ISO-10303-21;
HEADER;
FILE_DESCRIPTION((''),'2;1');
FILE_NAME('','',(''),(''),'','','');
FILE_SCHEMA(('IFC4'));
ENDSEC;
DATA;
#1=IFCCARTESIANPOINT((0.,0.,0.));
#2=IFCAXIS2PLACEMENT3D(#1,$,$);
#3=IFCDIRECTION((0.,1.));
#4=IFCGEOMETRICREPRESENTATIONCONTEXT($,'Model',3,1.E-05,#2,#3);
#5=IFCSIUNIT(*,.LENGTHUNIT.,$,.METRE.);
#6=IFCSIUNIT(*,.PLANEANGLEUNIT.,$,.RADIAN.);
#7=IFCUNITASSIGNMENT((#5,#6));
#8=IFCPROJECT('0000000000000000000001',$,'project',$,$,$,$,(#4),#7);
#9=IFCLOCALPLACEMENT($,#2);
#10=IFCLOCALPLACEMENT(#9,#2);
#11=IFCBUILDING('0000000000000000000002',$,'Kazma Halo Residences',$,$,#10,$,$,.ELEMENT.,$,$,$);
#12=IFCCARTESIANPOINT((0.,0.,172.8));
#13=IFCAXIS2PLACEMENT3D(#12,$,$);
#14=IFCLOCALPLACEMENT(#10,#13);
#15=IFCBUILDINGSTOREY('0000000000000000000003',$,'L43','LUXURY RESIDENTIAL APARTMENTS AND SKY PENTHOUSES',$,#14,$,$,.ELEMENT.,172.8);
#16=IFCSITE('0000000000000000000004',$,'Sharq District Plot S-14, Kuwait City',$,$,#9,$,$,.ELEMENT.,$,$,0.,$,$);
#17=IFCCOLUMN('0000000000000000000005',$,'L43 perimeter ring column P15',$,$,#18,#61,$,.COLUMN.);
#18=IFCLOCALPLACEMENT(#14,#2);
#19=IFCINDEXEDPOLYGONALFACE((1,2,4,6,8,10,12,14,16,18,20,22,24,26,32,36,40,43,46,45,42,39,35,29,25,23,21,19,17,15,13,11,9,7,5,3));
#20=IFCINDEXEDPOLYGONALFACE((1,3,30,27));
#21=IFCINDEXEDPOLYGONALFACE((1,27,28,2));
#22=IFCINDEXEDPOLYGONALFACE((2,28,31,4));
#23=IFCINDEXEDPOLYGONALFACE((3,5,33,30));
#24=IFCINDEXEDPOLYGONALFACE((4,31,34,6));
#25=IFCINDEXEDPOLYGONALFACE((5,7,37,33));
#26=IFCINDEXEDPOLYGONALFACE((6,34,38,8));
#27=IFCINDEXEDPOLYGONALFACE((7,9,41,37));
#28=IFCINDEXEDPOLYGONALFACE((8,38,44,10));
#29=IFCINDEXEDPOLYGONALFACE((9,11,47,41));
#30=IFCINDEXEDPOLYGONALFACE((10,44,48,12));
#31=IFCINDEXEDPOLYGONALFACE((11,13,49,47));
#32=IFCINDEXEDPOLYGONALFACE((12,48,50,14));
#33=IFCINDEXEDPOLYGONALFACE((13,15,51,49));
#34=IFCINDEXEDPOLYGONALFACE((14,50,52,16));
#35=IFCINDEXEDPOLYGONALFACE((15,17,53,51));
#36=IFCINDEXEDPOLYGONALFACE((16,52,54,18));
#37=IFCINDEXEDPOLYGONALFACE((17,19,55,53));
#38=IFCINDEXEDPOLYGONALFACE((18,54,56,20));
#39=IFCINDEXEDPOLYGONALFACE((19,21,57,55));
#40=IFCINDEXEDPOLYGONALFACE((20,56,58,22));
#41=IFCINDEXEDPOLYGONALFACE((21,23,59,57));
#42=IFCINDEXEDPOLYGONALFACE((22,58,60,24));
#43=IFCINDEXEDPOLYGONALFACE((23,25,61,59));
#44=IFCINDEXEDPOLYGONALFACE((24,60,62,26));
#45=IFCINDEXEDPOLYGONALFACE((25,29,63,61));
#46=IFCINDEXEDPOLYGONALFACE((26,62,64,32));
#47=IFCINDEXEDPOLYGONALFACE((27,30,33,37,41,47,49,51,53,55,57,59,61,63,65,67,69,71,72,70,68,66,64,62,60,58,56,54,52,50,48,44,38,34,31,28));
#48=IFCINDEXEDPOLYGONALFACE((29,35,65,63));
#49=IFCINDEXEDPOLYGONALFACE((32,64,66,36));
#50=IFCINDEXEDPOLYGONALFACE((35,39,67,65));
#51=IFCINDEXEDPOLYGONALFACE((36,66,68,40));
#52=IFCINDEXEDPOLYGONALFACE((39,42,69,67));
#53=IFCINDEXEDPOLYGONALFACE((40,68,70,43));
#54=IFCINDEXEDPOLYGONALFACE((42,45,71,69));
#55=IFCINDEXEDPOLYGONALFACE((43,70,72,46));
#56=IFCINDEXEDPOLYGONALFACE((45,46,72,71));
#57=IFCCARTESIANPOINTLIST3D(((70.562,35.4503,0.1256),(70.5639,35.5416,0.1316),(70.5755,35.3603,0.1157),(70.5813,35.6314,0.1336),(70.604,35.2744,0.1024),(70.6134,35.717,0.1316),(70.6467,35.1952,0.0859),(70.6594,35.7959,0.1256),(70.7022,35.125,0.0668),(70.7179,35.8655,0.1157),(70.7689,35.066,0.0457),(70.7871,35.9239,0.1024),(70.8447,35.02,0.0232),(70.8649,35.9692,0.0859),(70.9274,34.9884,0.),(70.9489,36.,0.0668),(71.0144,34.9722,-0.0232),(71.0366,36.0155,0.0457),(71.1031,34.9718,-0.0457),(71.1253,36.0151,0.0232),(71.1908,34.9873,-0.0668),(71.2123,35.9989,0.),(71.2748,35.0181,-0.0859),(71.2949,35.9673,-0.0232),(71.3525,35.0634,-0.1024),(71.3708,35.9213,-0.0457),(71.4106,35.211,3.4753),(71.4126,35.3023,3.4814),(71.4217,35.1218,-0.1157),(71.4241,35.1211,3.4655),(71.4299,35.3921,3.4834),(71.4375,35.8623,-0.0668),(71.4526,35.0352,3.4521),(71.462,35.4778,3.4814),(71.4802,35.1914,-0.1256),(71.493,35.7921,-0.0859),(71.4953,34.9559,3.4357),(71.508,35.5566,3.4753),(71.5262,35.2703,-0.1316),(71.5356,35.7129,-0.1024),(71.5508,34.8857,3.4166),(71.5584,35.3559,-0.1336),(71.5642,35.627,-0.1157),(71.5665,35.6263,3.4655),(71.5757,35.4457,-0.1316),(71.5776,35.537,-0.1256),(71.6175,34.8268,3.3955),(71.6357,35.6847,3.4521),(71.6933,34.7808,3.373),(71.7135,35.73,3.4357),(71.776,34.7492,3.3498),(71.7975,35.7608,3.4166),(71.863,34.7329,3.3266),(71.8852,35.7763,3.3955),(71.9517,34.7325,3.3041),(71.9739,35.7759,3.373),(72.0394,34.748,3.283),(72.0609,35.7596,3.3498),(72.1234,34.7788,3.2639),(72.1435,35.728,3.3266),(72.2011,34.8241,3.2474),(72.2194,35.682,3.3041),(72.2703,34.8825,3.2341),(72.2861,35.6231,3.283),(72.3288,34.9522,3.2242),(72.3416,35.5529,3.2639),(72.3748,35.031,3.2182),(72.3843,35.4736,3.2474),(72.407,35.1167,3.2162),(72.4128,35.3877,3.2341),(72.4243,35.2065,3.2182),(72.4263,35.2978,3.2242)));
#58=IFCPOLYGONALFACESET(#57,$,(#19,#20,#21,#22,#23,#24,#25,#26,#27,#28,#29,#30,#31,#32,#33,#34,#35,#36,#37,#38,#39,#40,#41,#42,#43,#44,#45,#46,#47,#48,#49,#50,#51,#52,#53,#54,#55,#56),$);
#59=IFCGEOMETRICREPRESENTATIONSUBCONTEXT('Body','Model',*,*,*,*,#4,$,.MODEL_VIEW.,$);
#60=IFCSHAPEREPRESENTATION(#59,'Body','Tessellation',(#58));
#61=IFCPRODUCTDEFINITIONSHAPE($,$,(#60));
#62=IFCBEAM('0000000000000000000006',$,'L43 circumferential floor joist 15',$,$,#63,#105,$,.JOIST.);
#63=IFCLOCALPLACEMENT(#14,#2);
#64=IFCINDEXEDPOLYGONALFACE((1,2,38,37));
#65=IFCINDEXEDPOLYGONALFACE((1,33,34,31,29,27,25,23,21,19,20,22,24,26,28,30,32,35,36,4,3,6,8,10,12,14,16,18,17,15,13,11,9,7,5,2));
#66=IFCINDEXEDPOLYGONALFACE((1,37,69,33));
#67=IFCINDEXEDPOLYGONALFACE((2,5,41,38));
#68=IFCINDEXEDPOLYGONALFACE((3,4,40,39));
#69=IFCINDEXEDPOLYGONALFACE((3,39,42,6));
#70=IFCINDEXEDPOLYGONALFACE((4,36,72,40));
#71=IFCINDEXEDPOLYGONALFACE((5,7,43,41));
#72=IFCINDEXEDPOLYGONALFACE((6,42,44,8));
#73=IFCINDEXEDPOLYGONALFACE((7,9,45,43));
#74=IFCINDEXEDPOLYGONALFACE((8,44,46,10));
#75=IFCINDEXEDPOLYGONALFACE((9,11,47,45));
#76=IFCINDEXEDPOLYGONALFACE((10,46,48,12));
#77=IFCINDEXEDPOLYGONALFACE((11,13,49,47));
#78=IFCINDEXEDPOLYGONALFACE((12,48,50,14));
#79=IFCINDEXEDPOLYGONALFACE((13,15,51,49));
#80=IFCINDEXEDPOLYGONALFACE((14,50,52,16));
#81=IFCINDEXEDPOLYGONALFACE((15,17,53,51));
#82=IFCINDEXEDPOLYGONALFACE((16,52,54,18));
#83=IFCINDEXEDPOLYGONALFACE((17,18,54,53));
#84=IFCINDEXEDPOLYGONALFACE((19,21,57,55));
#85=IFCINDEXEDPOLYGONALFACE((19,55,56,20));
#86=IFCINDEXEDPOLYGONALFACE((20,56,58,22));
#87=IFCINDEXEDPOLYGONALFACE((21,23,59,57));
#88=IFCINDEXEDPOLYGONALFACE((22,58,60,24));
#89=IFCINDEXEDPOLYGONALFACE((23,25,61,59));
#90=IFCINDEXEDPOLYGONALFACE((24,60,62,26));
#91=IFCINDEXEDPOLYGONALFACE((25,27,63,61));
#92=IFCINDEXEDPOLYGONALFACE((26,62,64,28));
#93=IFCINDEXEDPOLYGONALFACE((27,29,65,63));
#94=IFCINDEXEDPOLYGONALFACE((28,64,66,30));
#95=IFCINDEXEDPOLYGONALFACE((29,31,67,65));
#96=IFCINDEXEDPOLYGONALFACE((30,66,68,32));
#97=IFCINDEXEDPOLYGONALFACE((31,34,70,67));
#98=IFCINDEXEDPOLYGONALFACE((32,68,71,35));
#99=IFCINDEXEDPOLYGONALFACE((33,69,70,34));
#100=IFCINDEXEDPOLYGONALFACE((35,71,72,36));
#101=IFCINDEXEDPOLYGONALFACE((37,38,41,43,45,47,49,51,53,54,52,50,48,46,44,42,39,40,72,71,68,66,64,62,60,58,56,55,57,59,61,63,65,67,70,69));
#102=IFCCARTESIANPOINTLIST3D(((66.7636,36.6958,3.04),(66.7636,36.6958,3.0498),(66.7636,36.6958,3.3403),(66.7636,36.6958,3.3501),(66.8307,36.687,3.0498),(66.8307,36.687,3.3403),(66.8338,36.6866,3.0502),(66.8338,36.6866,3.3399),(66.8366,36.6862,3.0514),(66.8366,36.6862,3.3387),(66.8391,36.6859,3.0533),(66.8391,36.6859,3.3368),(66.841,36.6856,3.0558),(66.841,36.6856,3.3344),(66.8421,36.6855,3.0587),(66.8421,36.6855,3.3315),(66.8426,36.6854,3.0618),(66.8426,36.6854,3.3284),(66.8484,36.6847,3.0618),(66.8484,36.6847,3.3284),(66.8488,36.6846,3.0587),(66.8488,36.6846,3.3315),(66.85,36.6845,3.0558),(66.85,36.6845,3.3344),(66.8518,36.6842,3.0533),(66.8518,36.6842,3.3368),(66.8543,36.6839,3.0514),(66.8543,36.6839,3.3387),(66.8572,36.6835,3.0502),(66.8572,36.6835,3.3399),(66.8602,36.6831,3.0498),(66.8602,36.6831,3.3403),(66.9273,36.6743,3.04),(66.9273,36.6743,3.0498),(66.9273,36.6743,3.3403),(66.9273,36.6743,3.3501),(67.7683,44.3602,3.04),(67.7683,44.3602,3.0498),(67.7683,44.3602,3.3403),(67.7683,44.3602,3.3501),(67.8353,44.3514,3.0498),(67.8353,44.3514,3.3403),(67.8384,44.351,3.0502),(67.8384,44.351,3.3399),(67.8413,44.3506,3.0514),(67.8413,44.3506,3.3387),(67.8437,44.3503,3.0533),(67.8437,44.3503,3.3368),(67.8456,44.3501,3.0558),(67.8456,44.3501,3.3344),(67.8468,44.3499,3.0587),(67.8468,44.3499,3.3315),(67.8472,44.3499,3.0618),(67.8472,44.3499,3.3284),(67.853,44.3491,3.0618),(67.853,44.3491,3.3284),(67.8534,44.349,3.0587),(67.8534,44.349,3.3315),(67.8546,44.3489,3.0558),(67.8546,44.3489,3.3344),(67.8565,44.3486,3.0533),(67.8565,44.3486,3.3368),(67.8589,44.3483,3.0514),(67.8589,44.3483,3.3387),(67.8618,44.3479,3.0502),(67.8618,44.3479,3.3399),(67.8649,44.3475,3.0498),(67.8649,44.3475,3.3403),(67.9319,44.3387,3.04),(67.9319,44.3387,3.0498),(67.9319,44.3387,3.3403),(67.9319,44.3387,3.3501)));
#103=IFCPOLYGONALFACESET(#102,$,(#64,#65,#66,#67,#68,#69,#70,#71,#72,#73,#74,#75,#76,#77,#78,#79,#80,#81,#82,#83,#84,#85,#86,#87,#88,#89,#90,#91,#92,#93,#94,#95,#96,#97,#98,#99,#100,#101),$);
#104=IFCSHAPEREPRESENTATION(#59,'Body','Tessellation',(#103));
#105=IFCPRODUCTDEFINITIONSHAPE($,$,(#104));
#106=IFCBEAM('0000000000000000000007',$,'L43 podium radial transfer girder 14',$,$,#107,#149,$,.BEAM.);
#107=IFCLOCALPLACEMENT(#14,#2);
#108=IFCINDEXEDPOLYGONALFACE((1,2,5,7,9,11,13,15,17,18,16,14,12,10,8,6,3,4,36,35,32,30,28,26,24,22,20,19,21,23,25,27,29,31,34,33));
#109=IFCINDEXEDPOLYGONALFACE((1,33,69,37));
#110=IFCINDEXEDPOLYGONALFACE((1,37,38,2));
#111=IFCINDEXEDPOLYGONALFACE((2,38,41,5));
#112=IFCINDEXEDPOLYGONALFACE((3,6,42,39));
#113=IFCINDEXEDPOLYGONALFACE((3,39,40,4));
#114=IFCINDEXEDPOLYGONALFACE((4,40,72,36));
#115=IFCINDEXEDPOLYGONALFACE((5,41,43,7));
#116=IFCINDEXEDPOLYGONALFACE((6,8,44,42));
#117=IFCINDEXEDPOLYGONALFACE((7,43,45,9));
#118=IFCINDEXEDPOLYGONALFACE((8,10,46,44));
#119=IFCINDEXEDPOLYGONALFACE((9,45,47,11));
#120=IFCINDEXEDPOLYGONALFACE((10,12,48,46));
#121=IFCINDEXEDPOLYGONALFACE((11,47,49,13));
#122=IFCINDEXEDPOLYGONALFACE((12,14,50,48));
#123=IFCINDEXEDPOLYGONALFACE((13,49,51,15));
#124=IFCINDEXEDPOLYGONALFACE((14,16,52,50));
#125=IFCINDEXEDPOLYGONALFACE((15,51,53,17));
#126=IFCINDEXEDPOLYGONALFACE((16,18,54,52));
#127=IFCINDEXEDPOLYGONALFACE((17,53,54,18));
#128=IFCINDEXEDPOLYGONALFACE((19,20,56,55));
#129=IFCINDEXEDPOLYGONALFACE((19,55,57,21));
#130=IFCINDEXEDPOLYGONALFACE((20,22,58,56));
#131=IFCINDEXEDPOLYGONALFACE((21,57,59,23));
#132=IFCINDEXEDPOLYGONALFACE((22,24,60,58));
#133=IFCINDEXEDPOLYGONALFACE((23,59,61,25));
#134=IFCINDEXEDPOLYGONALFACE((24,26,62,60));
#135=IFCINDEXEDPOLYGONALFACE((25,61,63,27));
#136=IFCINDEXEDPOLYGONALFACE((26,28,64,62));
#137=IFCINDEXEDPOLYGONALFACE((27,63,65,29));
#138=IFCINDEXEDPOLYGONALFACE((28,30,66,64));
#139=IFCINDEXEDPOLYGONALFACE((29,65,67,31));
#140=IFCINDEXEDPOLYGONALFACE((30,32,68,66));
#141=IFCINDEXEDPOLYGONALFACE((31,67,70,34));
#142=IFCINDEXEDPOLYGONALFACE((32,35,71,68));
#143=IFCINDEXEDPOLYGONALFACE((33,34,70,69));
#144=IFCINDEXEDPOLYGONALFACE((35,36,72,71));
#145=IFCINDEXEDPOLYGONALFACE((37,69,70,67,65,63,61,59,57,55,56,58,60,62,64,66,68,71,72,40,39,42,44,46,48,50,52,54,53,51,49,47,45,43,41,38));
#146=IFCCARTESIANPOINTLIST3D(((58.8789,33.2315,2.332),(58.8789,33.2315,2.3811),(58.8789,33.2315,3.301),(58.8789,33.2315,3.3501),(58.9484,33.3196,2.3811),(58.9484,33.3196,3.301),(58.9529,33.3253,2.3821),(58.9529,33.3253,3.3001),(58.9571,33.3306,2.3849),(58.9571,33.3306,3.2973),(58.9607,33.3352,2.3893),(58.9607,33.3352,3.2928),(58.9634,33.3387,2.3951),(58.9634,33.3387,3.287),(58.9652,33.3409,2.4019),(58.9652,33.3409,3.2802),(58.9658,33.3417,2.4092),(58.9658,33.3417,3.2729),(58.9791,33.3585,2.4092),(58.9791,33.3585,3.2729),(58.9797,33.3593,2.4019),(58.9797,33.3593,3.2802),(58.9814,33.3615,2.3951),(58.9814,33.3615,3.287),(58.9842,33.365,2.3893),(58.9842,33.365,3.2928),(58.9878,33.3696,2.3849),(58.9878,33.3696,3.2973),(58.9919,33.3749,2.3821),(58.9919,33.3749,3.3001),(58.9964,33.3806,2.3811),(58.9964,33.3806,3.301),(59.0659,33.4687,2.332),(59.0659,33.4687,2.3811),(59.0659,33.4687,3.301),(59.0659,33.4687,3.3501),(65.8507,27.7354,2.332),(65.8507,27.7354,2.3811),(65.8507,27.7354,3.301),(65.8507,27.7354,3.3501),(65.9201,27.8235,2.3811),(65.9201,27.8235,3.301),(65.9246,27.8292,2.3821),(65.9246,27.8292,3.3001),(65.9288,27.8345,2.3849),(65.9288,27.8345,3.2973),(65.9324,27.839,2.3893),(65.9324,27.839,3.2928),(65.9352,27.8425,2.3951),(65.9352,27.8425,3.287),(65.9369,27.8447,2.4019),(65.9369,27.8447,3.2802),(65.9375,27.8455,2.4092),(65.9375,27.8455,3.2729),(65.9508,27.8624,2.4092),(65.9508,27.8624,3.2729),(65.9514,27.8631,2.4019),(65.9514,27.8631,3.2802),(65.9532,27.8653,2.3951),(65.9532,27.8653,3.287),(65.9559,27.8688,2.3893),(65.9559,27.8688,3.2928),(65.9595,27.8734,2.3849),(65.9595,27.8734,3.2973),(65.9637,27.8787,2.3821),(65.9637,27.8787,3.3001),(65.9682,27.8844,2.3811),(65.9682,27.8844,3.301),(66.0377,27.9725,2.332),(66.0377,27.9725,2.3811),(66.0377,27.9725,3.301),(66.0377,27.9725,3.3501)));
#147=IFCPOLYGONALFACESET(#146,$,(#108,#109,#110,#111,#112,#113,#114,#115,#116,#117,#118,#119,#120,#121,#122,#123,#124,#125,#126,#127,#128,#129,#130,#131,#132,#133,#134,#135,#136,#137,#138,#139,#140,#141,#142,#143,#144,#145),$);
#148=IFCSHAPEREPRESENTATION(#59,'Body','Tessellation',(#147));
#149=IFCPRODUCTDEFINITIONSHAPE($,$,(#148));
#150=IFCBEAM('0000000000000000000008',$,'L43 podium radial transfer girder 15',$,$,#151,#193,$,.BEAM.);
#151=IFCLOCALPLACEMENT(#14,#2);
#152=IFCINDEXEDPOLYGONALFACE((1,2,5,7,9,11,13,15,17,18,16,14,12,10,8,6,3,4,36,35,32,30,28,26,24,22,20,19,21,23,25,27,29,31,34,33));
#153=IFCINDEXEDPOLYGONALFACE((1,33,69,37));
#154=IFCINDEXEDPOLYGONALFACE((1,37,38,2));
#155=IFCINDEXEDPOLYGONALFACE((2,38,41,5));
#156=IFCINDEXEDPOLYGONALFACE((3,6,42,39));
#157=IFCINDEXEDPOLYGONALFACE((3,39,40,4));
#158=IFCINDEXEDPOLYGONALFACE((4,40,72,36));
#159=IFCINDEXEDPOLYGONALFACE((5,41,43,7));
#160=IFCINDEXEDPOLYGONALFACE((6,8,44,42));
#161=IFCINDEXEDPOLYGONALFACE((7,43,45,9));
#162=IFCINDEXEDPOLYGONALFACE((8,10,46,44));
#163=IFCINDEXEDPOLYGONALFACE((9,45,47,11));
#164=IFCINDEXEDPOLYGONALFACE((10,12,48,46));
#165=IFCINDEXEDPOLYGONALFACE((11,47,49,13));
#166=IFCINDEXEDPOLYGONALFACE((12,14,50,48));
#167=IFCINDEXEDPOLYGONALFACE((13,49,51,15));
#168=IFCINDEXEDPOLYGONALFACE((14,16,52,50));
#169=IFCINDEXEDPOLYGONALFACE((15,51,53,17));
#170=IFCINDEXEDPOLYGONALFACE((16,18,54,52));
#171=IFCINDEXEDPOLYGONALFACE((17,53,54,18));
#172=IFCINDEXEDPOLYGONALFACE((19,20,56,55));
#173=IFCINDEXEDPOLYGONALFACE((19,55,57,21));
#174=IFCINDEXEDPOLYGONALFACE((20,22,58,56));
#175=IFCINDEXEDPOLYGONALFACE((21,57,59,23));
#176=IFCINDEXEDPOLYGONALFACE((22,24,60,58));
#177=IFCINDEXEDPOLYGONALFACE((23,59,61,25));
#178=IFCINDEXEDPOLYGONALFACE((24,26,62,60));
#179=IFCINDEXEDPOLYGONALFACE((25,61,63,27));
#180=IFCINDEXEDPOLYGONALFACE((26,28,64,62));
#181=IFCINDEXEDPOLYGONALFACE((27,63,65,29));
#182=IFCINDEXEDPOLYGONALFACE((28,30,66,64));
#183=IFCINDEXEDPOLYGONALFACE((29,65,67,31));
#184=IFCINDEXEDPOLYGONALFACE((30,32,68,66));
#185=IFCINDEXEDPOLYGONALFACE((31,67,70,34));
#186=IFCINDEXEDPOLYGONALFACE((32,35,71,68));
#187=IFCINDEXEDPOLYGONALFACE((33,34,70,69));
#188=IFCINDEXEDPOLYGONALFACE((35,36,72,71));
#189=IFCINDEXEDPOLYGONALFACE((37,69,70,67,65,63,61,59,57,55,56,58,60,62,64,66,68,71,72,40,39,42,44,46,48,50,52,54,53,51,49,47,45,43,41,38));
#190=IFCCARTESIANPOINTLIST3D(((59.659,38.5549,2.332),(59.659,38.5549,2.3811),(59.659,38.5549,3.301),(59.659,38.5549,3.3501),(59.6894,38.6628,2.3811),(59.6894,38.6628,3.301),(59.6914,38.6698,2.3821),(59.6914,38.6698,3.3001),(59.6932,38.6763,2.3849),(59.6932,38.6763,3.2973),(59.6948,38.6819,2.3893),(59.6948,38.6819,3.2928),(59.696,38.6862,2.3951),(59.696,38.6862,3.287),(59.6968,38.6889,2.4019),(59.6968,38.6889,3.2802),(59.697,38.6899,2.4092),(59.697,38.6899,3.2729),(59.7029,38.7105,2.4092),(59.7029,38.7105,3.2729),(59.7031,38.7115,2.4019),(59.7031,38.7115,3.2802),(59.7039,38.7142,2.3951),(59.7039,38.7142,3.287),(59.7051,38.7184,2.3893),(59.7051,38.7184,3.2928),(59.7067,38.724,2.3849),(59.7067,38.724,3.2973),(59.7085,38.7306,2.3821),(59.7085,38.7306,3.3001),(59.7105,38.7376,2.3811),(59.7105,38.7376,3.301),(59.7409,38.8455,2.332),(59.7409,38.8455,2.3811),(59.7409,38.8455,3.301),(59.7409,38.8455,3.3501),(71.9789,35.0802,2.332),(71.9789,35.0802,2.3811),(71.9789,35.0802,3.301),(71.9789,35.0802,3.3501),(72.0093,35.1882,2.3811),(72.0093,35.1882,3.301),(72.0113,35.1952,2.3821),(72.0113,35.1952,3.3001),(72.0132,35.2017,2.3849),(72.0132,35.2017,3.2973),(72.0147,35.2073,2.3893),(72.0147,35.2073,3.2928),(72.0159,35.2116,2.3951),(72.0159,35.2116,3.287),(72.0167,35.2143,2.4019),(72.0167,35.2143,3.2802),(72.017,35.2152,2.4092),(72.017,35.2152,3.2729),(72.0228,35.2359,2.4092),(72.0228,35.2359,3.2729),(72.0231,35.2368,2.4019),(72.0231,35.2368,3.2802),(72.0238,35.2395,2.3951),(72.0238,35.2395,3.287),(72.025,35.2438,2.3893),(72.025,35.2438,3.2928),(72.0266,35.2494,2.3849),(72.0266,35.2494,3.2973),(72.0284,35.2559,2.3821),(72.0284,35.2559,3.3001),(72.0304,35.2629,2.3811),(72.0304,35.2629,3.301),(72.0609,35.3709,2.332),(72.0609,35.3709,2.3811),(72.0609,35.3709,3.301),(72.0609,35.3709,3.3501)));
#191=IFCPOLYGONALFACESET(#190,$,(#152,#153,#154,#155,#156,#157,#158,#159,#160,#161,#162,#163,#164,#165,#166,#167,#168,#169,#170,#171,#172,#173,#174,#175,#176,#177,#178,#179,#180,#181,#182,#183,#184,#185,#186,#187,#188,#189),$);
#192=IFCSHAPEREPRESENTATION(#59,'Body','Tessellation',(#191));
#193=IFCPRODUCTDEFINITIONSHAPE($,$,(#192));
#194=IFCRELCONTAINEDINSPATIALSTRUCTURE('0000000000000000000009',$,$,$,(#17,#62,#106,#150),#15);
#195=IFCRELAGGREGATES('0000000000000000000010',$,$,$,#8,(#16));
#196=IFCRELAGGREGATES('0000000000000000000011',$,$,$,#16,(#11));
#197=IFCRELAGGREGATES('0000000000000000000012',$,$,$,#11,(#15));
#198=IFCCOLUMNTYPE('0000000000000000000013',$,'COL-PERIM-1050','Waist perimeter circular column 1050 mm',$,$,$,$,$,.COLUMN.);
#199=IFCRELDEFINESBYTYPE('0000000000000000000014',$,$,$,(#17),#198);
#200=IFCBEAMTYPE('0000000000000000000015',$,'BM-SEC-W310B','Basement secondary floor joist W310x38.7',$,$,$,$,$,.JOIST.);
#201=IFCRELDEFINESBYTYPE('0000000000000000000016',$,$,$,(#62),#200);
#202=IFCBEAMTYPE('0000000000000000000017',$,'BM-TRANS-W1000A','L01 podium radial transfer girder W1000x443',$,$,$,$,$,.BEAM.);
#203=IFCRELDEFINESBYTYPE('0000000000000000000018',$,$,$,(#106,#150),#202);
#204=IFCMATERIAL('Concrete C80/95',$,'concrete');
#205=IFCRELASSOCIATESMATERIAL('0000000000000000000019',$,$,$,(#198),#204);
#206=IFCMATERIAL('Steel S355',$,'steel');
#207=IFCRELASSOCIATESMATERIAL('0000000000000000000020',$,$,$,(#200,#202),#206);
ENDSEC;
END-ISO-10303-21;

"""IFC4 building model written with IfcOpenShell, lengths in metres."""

from ifc_helpers import new_model, si_unit, direction, frame, origin, origin_2d, place, context, subcontext, project, spatial, circle, i_section, extrude, material, material_profile, profile_set, type_object, element, save


model = new_model("IFC4")

# Units and contexts
model_context = context("Model", 3, precision=1e-05, world=origin(), true_north=direction((0.0, 1.0)))
body_context = subcontext(model_context, "Body", "Model", "MODEL_VIEW")
ifc_project = project(units=[si_unit("LENGTHUNIT", "METRE"), si_unit("PLANEANGLEUNIT", "RADIAN")], contexts=[model_context])

# Site, building, storey
site_placement = place(None, origin())
site = spatial("IfcSite", under=ifc_project, at=site_placement, Name="Sharq District Plot S-14, Kuwait City", CompositionType="ELEMENT", RefElevation=0.0)
building_placement = place(site_placement, origin())
building = spatial("IfcBuilding", under=site, at=building_placement, Name="Kazma Halo Residences", CompositionType="ELEMENT")
storey_placement = place(building_placement, frame((0.0, 0.0, 172.8)))
storey = spatial("IfcBuildingStorey", under=building, at=storey_placement, Name="L43", Description="LUXURY RESIDENTIAL APARTMENTS AND SKY PENTHOUSES", CompositionType="ELEMENT", Elevation=172.8)

# Column
ifc_material_1 = material(Name="Concrete C80/95", Category="concrete")
ifc_material_profile_1 = material_profile(ifc_material_1, circle(Radius=0.5249, at=origin_2d()), Name="CIRC1050")
ifc_profile_set_1 = profile_set([ifc_material_profile_1], Name="Concrete C80/95")
column_type = type_object("IfcColumnType", Name="COL-PERIM-1050", Description="Waist perimeter circular column 1050 mm", PredefinedType="COLUMN", material=ifc_profile_set_1)
column_placement = place(storey_placement, frame((71.0698, 35.4937, 0.0), z_axis=(0.24499, -0.069071, 0.967062), x_axis=(0.271355, 0.962479, 0.0)))
element("IfcColumn", 1, at=column_placement, inside=storey, type_object=column_type, Name="L43 perimeter ring column P15", PredefinedType="COLUMN", context=body_context, shape_type="SweptSolid", body=[
    extrude(circle(Radius=0.5249, at=origin_2d()), origin(), (0.0, 0.0, 1.0), 3.4639),
])

# Beams
ifc_material_2 = material(Name="Steel S355", Category="steel")
ifc_material_profile_2 = material_profile(ifc_material_2, i_section(OverallWidth=0.165, OverallDepth=0.3101, WebThickness=0.0059, FlangeThickness=0.0098, FilletRadius=0.012, at=origin_2d()), Name="W310x38.7")
ifc_profile_set_2 = profile_set([ifc_material_profile_2], Name="Steel S355")
beam_type_1 = type_object("IfcBeamType", Name="BM-SEC-W310B", Description="Basement secondary floor joist W310x38.7", PredefinedType="JOIST", material=ifc_profile_set_2)
beam_1_placement = place(storey_placement, frame((66.8455, 36.6851, 3.1951), z_axis=(0.129968, 0.991518, 0.0), x_axis=(-0.991518, 0.129968, 0.0)))
element("IfcBeam", 2, at=beam_1_placement, inside=storey, type_object=beam_type_1, Name="L43 circumferential floor joist 15", PredefinedType="JOIST", context=body_context, shape_type="SweptSolid", body=[
    extrude(i_section(OverallWidth=0.165, OverallDepth=0.3101, WebThickness=0.0059, FlangeThickness=0.0098, FilletRadius=0.012, at=origin_2d()), origin(), (0.0, 0.0, 1.0), 7.73),
])
ifc_material_profile_3 = material_profile(ifc_material_2, i_section(OverallWidth=0.302, OverallDepth=1.0181, WebThickness=0.0215, FlangeThickness=0.0491, FilletRadius=0.0281, at=origin_2d()), Name="W1000x443")
ifc_profile_set_3 = profile_set([ifc_material_profile_3], Name="Steel S355")
beam_type_2 = type_object("IfcBeamType", Name="BM-TRANS-W1000A", Description="L01 podium radial transfer girder W1000x443", PredefinedType="BEAM", material=ifc_profile_set_3)
beam_2_placement = place(storey_placement, frame((58.9724, 33.3501, 2.8411), z_axis=(0.785313, -0.619098, 0.0), x_axis=(0.619098, 0.785313, 0.0)))
element("IfcBeam", 3, at=beam_2_placement, inside=storey, type_object=beam_type_2, Name="L43 podium radial transfer girder 14", PredefinedType="BEAM", context=body_context, shape_type="SweptSolid", body=[
    extrude(i_section(OverallWidth=0.302, OverallDepth=1.0181, WebThickness=0.0215, FlangeThickness=0.0491, FilletRadius=0.0281, at=origin_2d()), origin(), (0.0, 0.0, 1.0), 8.8777),
])
beam_3_placement = place(storey_placement, frame((59.7, 38.7002, 2.8411), z_axis=(0.962454, -0.271445, 0.0), x_axis=(0.271445, 0.962454, 0.0)))
element("IfcBeam", 4, at=beam_3_placement, inside=storey, type_object=beam_type_2, Name="L43 podium radial transfer girder 15", PredefinedType="BEAM", context=body_context, shape_type="SweptSolid", body=[
    extrude(i_section(OverallWidth=0.302, OverallDepth=1.0181, WebThickness=0.0215, FlangeThickness=0.0491, FilletRadius=0.0281, at=origin_2d()), origin(), (0.0, 0.0, 1.0), 12.8005),
])

save(model, "model.ifc")
